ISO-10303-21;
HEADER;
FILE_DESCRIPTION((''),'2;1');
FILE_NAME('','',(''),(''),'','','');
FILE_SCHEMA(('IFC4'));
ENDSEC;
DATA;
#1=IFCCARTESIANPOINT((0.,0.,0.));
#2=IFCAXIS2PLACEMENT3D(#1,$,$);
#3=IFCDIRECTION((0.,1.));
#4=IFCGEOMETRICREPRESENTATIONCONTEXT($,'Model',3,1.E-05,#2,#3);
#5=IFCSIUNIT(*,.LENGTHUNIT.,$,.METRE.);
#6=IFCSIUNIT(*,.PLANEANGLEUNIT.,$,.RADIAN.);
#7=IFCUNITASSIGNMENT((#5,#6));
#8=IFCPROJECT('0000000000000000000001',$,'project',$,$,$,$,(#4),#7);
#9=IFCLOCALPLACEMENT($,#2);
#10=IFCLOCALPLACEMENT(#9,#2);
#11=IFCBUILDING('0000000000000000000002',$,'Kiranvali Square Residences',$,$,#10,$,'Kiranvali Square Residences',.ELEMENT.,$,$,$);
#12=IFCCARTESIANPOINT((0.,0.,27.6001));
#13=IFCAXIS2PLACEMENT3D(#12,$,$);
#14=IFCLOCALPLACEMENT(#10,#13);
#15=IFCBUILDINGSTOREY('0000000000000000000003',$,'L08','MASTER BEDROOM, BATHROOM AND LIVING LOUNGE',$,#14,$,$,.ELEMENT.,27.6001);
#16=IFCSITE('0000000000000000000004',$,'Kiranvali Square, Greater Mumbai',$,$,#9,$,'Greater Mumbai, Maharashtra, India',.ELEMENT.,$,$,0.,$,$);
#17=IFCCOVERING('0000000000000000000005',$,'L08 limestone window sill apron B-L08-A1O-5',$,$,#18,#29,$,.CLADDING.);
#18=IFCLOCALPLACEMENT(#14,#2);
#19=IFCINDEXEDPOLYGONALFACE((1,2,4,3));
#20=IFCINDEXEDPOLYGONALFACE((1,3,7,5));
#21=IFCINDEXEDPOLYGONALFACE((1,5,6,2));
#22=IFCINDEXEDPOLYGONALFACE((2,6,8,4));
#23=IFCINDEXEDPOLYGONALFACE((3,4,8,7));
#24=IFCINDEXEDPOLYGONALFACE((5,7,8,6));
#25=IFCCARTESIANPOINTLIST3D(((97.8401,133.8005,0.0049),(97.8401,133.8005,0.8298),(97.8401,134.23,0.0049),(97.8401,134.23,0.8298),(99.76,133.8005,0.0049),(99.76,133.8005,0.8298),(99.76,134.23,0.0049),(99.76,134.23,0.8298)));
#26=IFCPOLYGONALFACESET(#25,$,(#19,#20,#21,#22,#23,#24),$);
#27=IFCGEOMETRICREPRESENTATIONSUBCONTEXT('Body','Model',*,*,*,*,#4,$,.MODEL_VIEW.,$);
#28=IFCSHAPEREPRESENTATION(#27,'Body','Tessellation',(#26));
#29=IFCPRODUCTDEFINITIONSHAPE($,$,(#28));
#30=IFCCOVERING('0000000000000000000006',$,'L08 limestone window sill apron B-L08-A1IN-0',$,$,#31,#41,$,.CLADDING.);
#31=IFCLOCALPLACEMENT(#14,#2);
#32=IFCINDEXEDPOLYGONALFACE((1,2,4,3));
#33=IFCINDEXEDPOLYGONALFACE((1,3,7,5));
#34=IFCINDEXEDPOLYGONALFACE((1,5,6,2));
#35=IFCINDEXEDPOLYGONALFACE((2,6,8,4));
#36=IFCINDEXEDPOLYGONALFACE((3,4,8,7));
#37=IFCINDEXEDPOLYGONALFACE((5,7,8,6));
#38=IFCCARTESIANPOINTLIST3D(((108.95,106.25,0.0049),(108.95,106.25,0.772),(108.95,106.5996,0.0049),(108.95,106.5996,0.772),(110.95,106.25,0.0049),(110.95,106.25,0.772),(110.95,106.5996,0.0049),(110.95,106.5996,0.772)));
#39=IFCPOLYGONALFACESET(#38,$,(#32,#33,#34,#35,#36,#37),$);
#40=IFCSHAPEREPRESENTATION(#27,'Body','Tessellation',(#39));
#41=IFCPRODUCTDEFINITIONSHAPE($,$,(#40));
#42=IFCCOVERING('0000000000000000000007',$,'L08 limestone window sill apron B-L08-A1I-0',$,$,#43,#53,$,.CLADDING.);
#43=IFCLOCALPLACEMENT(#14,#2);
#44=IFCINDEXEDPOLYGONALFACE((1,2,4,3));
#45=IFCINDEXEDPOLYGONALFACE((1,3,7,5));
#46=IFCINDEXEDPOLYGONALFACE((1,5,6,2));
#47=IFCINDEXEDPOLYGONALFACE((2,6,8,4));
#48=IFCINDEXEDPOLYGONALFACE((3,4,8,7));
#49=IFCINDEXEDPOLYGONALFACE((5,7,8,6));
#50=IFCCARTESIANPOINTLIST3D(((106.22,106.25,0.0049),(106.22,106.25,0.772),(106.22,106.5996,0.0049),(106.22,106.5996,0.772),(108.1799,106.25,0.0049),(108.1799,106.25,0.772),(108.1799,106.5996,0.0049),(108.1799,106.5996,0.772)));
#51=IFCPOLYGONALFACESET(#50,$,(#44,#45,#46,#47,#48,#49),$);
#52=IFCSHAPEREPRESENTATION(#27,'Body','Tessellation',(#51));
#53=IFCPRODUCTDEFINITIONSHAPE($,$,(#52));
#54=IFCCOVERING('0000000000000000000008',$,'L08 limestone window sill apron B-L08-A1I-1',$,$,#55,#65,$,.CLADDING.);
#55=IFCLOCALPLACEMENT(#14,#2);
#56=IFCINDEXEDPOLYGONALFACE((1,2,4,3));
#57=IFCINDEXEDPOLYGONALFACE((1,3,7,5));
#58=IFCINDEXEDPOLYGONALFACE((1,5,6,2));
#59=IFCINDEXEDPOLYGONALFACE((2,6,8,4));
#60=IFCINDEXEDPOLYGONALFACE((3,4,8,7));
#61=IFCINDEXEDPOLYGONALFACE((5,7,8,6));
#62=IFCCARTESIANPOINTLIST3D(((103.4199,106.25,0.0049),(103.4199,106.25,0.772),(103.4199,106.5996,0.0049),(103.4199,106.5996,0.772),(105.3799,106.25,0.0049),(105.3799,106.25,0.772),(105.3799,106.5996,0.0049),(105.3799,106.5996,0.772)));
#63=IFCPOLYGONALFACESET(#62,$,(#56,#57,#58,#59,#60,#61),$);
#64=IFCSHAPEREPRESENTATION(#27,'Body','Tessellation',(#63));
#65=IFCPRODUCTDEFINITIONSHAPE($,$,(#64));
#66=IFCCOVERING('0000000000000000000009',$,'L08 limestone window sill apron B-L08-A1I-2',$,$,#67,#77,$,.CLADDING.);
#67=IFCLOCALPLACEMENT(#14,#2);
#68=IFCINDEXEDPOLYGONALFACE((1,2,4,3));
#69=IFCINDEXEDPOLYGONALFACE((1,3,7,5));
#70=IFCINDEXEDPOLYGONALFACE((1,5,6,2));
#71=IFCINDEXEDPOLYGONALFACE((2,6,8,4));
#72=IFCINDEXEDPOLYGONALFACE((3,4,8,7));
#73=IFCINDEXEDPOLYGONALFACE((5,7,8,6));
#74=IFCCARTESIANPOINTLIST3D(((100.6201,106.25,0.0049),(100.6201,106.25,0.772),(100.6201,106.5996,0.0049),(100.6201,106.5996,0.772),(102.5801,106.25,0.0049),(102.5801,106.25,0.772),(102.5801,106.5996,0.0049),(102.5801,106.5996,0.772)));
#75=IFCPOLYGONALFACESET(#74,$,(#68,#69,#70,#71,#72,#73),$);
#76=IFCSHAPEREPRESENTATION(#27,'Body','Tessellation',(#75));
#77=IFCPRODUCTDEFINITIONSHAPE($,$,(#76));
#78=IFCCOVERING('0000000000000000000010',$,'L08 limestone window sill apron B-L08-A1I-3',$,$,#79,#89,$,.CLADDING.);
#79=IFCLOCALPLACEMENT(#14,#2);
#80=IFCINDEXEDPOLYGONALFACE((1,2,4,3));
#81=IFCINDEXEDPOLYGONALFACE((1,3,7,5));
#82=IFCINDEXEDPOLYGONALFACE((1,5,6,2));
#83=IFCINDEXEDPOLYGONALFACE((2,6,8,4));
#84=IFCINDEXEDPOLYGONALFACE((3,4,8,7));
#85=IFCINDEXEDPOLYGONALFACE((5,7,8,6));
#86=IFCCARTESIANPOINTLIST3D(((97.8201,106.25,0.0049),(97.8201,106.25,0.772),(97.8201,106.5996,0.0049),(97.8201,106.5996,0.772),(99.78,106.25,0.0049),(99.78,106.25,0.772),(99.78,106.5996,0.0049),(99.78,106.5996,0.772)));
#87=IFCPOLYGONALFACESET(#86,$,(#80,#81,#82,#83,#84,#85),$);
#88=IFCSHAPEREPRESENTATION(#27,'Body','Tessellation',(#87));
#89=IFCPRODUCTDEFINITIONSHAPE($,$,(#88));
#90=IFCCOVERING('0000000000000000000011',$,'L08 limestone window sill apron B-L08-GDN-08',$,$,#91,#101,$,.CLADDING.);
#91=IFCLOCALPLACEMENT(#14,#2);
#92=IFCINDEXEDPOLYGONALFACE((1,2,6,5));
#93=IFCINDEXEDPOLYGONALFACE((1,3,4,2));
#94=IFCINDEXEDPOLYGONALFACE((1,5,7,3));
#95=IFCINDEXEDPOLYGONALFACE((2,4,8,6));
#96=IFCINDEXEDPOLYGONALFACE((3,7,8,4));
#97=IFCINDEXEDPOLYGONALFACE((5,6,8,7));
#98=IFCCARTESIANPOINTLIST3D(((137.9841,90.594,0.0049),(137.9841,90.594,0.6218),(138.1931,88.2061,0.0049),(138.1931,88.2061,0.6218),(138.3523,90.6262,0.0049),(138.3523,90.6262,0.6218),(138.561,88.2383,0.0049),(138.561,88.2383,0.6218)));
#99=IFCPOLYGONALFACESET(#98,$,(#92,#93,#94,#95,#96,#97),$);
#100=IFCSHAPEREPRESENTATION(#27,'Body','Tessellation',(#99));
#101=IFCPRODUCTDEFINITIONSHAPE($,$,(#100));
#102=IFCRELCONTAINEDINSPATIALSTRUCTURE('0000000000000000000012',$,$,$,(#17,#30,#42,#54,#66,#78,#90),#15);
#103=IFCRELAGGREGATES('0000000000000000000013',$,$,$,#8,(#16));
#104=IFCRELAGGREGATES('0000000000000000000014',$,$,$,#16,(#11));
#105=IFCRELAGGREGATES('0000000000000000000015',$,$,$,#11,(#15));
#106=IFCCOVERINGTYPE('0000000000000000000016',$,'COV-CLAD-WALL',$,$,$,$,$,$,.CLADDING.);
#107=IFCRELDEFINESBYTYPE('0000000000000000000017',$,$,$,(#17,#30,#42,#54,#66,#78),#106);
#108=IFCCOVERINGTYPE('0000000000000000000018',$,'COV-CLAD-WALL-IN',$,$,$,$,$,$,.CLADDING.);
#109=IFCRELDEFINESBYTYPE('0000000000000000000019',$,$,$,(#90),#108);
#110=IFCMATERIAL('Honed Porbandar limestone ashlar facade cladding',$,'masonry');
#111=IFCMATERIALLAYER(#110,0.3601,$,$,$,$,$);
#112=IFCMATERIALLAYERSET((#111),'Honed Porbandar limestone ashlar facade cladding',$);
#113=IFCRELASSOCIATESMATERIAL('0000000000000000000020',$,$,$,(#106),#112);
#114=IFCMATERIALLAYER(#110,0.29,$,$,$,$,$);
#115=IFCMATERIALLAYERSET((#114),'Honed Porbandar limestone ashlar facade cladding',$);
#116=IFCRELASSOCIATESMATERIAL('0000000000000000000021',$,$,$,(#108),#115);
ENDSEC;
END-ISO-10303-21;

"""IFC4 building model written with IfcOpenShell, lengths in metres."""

from ifc_helpers import new_model, si_unit, direction, frame, origin, place, context, subcontext, project, spatial, polyline, outline, extrude, material, layer, layer_set, type_object, element, save


model = new_model("IFC4")

# Units and contexts
model_context = context("Model", 3, precision=1e-05, world=origin(), true_north=direction((0.0, 1.0)))
body_context = subcontext(model_context, "Body", "Model", "MODEL_VIEW")
ifc_project = project(units=[si_unit("LENGTHUNIT", "METRE"), si_unit("PLANEANGLEUNIT", "RADIAN")], contexts=[model_context])

# Site, building, storey
site_placement = place(None, origin())
site = spatial("IfcSite", under=ifc_project, at=site_placement, Name="Kiranvali Square, Greater Mumbai", LongName="Greater Mumbai, Maharashtra, India", CompositionType="ELEMENT", RefElevation=0.0)
building_placement = place(site_placement, origin())
building = spatial("IfcBuilding", under=site, at=building_placement, Name="Kiranvali Square Residences", LongName="Kiranvali Square Residences", CompositionType="ELEMENT")
storey_placement = place(building_placement, frame((0.0, 0.0, 27.6001)))
storey = spatial("IfcBuildingStorey", under=building, at=storey_placement, Name="L08", Description="MASTER BEDROOM, BATHROOM AND LIVING LOUNGE", CompositionType="ELEMENT", Elevation=27.6001)

# Coverings
ifc_material_1 = material(Name="Honed Porbandar limestone ashlar facade cladding", Category="masonry")
ifc_layer_1 = layer(ifc_material_1, 0.3601)
ifc_layer_set_1 = layer_set([ifc_layer_1], Name="Honed Porbandar limestone ashlar facade cladding")
covering_type_1 = type_object("IfcCoveringType", Name="COV-CLAD-WALL", PredefinedType="CLADDING", material=ifc_layer_set_1)
covering_1_placement = place(storey_placement, frame((0.0, 0.0, 0.0049)))
element("IfcCovering", 1, at=covering_1_placement, inside=storey, type_object=covering_type_1, Name="L08 limestone window sill apron B-L08-A1O-5", PredefinedType="CLADDING", context=body_context, shape_type="SweptSolid", body=[
    extrude(outline(polyline([(99.76, 134.23), (97.8401, 134.23), (97.8401, 133.8005), (99.76, 133.8005), (99.76, 134.23)])), origin(), (0.0, 0.0, 1.0), 0.825),
])
covering_2_placement = place(storey_placement, frame((0.0, 0.0, 0.0049)))
element("IfcCovering", 2, at=covering_2_placement, inside=storey, type_object=covering_type_1, Name="L08 limestone window sill apron B-L08-A1IN-0", PredefinedType="CLADDING", context=body_context, shape_type="SweptSolid", body=[
    extrude(outline(polyline([(110.95, 106.5996), (108.95, 106.5996), (108.95, 106.25), (110.95, 106.25), (110.95, 106.5996)])), origin(), (0.0, 0.0, 1.0), 0.7671),
])
covering_3_placement = place(storey_placement, frame((0.0, 0.0, 0.0049)))
element("IfcCovering", 3, at=covering_3_placement, inside=storey, type_object=covering_type_1, Name="L08 limestone window sill apron B-L08-A1I-0", PredefinedType="CLADDING", context=body_context, shape_type="SweptSolid", body=[
    extrude(outline(polyline([(108.1799, 106.5996), (106.22, 106.5996), (106.22, 106.25), (108.1799, 106.25), (108.1799, 106.5996)])), origin(), (0.0, 0.0, 1.0), 0.7671),
])
covering_4_placement = place(storey_placement, frame((0.0, 0.0, 0.0049)))
element("IfcCovering", 4, at=covering_4_placement, inside=storey, type_object=covering_type_1, Name="L08 limestone window sill apron B-L08-A1I-1", PredefinedType="CLADDING", context=body_context, shape_type="SweptSolid", body=[
    extrude(outline(polyline([(105.3799, 106.5996), (103.4199, 106.5996), (103.4199, 106.25), (105.3799, 106.25), (105.3799, 106.5996)])), origin(), (0.0, 0.0, 1.0), 0.7671),
])
covering_5_placement = place(storey_placement, frame((0.0, 0.0, 0.0049)))
element("IfcCovering", 5, at=covering_5_placement, inside=storey, type_object=covering_type_1, Name="L08 limestone window sill apron B-L08-A1I-2", PredefinedType="CLADDING", context=body_context, shape_type="SweptSolid", body=[
    extrude(outline(polyline([(102.5801, 106.5996), (100.6201, 106.5996), (100.6201, 106.25), (102.5801, 106.25), (102.5801, 106.5996)])), origin(), (0.0, 0.0, 1.0), 0.7671),
])
covering_6_placement = place(storey_placement, frame((0.0, 0.0, 0.0049)))
element("IfcCovering", 6, at=covering_6_placement, inside=storey, type_object=covering_type_1, Name="L08 limestone window sill apron B-L08-A1I-3", PredefinedType="CLADDING", context=body_context, shape_type="SweptSolid", body=[
    extrude(outline(polyline([(99.78, 106.5996), (97.8201, 106.5996), (97.8201, 106.25), (99.78, 106.25), (99.78, 106.5996)])), origin(), (0.0, 0.0, 1.0), 0.7671),
])
ifc_layer_2 = layer(ifc_material_1, 0.29)
ifc_layer_set_2 = layer_set([ifc_layer_2], Name="Honed Porbandar limestone ashlar facade cladding")
covering_type_2 = type_object("IfcCoveringType", Name="COV-CLAD-WALL-IN", PredefinedType="CLADDING", material=ifc_layer_set_2)
covering_7_placement = place(storey_placement, frame((0.0, 0.0, 0.0049)))
element("IfcCovering", 7, at=covering_7_placement, inside=storey, type_object=covering_type_2, Name="L08 limestone window sill apron B-L08-GDN-08", PredefinedType="CLADDING", context=body_context, shape_type="SweptSolid", body=[
    extrude(outline(polyline([(137.9841, 90.594), (138.1931, 88.2061), (138.561, 88.2383), (138.3523, 90.6262), (137.9841, 90.594)])), origin(), (0.0, 0.0, 1.0), 0.6169),
])

save(model, "model.ifc")
